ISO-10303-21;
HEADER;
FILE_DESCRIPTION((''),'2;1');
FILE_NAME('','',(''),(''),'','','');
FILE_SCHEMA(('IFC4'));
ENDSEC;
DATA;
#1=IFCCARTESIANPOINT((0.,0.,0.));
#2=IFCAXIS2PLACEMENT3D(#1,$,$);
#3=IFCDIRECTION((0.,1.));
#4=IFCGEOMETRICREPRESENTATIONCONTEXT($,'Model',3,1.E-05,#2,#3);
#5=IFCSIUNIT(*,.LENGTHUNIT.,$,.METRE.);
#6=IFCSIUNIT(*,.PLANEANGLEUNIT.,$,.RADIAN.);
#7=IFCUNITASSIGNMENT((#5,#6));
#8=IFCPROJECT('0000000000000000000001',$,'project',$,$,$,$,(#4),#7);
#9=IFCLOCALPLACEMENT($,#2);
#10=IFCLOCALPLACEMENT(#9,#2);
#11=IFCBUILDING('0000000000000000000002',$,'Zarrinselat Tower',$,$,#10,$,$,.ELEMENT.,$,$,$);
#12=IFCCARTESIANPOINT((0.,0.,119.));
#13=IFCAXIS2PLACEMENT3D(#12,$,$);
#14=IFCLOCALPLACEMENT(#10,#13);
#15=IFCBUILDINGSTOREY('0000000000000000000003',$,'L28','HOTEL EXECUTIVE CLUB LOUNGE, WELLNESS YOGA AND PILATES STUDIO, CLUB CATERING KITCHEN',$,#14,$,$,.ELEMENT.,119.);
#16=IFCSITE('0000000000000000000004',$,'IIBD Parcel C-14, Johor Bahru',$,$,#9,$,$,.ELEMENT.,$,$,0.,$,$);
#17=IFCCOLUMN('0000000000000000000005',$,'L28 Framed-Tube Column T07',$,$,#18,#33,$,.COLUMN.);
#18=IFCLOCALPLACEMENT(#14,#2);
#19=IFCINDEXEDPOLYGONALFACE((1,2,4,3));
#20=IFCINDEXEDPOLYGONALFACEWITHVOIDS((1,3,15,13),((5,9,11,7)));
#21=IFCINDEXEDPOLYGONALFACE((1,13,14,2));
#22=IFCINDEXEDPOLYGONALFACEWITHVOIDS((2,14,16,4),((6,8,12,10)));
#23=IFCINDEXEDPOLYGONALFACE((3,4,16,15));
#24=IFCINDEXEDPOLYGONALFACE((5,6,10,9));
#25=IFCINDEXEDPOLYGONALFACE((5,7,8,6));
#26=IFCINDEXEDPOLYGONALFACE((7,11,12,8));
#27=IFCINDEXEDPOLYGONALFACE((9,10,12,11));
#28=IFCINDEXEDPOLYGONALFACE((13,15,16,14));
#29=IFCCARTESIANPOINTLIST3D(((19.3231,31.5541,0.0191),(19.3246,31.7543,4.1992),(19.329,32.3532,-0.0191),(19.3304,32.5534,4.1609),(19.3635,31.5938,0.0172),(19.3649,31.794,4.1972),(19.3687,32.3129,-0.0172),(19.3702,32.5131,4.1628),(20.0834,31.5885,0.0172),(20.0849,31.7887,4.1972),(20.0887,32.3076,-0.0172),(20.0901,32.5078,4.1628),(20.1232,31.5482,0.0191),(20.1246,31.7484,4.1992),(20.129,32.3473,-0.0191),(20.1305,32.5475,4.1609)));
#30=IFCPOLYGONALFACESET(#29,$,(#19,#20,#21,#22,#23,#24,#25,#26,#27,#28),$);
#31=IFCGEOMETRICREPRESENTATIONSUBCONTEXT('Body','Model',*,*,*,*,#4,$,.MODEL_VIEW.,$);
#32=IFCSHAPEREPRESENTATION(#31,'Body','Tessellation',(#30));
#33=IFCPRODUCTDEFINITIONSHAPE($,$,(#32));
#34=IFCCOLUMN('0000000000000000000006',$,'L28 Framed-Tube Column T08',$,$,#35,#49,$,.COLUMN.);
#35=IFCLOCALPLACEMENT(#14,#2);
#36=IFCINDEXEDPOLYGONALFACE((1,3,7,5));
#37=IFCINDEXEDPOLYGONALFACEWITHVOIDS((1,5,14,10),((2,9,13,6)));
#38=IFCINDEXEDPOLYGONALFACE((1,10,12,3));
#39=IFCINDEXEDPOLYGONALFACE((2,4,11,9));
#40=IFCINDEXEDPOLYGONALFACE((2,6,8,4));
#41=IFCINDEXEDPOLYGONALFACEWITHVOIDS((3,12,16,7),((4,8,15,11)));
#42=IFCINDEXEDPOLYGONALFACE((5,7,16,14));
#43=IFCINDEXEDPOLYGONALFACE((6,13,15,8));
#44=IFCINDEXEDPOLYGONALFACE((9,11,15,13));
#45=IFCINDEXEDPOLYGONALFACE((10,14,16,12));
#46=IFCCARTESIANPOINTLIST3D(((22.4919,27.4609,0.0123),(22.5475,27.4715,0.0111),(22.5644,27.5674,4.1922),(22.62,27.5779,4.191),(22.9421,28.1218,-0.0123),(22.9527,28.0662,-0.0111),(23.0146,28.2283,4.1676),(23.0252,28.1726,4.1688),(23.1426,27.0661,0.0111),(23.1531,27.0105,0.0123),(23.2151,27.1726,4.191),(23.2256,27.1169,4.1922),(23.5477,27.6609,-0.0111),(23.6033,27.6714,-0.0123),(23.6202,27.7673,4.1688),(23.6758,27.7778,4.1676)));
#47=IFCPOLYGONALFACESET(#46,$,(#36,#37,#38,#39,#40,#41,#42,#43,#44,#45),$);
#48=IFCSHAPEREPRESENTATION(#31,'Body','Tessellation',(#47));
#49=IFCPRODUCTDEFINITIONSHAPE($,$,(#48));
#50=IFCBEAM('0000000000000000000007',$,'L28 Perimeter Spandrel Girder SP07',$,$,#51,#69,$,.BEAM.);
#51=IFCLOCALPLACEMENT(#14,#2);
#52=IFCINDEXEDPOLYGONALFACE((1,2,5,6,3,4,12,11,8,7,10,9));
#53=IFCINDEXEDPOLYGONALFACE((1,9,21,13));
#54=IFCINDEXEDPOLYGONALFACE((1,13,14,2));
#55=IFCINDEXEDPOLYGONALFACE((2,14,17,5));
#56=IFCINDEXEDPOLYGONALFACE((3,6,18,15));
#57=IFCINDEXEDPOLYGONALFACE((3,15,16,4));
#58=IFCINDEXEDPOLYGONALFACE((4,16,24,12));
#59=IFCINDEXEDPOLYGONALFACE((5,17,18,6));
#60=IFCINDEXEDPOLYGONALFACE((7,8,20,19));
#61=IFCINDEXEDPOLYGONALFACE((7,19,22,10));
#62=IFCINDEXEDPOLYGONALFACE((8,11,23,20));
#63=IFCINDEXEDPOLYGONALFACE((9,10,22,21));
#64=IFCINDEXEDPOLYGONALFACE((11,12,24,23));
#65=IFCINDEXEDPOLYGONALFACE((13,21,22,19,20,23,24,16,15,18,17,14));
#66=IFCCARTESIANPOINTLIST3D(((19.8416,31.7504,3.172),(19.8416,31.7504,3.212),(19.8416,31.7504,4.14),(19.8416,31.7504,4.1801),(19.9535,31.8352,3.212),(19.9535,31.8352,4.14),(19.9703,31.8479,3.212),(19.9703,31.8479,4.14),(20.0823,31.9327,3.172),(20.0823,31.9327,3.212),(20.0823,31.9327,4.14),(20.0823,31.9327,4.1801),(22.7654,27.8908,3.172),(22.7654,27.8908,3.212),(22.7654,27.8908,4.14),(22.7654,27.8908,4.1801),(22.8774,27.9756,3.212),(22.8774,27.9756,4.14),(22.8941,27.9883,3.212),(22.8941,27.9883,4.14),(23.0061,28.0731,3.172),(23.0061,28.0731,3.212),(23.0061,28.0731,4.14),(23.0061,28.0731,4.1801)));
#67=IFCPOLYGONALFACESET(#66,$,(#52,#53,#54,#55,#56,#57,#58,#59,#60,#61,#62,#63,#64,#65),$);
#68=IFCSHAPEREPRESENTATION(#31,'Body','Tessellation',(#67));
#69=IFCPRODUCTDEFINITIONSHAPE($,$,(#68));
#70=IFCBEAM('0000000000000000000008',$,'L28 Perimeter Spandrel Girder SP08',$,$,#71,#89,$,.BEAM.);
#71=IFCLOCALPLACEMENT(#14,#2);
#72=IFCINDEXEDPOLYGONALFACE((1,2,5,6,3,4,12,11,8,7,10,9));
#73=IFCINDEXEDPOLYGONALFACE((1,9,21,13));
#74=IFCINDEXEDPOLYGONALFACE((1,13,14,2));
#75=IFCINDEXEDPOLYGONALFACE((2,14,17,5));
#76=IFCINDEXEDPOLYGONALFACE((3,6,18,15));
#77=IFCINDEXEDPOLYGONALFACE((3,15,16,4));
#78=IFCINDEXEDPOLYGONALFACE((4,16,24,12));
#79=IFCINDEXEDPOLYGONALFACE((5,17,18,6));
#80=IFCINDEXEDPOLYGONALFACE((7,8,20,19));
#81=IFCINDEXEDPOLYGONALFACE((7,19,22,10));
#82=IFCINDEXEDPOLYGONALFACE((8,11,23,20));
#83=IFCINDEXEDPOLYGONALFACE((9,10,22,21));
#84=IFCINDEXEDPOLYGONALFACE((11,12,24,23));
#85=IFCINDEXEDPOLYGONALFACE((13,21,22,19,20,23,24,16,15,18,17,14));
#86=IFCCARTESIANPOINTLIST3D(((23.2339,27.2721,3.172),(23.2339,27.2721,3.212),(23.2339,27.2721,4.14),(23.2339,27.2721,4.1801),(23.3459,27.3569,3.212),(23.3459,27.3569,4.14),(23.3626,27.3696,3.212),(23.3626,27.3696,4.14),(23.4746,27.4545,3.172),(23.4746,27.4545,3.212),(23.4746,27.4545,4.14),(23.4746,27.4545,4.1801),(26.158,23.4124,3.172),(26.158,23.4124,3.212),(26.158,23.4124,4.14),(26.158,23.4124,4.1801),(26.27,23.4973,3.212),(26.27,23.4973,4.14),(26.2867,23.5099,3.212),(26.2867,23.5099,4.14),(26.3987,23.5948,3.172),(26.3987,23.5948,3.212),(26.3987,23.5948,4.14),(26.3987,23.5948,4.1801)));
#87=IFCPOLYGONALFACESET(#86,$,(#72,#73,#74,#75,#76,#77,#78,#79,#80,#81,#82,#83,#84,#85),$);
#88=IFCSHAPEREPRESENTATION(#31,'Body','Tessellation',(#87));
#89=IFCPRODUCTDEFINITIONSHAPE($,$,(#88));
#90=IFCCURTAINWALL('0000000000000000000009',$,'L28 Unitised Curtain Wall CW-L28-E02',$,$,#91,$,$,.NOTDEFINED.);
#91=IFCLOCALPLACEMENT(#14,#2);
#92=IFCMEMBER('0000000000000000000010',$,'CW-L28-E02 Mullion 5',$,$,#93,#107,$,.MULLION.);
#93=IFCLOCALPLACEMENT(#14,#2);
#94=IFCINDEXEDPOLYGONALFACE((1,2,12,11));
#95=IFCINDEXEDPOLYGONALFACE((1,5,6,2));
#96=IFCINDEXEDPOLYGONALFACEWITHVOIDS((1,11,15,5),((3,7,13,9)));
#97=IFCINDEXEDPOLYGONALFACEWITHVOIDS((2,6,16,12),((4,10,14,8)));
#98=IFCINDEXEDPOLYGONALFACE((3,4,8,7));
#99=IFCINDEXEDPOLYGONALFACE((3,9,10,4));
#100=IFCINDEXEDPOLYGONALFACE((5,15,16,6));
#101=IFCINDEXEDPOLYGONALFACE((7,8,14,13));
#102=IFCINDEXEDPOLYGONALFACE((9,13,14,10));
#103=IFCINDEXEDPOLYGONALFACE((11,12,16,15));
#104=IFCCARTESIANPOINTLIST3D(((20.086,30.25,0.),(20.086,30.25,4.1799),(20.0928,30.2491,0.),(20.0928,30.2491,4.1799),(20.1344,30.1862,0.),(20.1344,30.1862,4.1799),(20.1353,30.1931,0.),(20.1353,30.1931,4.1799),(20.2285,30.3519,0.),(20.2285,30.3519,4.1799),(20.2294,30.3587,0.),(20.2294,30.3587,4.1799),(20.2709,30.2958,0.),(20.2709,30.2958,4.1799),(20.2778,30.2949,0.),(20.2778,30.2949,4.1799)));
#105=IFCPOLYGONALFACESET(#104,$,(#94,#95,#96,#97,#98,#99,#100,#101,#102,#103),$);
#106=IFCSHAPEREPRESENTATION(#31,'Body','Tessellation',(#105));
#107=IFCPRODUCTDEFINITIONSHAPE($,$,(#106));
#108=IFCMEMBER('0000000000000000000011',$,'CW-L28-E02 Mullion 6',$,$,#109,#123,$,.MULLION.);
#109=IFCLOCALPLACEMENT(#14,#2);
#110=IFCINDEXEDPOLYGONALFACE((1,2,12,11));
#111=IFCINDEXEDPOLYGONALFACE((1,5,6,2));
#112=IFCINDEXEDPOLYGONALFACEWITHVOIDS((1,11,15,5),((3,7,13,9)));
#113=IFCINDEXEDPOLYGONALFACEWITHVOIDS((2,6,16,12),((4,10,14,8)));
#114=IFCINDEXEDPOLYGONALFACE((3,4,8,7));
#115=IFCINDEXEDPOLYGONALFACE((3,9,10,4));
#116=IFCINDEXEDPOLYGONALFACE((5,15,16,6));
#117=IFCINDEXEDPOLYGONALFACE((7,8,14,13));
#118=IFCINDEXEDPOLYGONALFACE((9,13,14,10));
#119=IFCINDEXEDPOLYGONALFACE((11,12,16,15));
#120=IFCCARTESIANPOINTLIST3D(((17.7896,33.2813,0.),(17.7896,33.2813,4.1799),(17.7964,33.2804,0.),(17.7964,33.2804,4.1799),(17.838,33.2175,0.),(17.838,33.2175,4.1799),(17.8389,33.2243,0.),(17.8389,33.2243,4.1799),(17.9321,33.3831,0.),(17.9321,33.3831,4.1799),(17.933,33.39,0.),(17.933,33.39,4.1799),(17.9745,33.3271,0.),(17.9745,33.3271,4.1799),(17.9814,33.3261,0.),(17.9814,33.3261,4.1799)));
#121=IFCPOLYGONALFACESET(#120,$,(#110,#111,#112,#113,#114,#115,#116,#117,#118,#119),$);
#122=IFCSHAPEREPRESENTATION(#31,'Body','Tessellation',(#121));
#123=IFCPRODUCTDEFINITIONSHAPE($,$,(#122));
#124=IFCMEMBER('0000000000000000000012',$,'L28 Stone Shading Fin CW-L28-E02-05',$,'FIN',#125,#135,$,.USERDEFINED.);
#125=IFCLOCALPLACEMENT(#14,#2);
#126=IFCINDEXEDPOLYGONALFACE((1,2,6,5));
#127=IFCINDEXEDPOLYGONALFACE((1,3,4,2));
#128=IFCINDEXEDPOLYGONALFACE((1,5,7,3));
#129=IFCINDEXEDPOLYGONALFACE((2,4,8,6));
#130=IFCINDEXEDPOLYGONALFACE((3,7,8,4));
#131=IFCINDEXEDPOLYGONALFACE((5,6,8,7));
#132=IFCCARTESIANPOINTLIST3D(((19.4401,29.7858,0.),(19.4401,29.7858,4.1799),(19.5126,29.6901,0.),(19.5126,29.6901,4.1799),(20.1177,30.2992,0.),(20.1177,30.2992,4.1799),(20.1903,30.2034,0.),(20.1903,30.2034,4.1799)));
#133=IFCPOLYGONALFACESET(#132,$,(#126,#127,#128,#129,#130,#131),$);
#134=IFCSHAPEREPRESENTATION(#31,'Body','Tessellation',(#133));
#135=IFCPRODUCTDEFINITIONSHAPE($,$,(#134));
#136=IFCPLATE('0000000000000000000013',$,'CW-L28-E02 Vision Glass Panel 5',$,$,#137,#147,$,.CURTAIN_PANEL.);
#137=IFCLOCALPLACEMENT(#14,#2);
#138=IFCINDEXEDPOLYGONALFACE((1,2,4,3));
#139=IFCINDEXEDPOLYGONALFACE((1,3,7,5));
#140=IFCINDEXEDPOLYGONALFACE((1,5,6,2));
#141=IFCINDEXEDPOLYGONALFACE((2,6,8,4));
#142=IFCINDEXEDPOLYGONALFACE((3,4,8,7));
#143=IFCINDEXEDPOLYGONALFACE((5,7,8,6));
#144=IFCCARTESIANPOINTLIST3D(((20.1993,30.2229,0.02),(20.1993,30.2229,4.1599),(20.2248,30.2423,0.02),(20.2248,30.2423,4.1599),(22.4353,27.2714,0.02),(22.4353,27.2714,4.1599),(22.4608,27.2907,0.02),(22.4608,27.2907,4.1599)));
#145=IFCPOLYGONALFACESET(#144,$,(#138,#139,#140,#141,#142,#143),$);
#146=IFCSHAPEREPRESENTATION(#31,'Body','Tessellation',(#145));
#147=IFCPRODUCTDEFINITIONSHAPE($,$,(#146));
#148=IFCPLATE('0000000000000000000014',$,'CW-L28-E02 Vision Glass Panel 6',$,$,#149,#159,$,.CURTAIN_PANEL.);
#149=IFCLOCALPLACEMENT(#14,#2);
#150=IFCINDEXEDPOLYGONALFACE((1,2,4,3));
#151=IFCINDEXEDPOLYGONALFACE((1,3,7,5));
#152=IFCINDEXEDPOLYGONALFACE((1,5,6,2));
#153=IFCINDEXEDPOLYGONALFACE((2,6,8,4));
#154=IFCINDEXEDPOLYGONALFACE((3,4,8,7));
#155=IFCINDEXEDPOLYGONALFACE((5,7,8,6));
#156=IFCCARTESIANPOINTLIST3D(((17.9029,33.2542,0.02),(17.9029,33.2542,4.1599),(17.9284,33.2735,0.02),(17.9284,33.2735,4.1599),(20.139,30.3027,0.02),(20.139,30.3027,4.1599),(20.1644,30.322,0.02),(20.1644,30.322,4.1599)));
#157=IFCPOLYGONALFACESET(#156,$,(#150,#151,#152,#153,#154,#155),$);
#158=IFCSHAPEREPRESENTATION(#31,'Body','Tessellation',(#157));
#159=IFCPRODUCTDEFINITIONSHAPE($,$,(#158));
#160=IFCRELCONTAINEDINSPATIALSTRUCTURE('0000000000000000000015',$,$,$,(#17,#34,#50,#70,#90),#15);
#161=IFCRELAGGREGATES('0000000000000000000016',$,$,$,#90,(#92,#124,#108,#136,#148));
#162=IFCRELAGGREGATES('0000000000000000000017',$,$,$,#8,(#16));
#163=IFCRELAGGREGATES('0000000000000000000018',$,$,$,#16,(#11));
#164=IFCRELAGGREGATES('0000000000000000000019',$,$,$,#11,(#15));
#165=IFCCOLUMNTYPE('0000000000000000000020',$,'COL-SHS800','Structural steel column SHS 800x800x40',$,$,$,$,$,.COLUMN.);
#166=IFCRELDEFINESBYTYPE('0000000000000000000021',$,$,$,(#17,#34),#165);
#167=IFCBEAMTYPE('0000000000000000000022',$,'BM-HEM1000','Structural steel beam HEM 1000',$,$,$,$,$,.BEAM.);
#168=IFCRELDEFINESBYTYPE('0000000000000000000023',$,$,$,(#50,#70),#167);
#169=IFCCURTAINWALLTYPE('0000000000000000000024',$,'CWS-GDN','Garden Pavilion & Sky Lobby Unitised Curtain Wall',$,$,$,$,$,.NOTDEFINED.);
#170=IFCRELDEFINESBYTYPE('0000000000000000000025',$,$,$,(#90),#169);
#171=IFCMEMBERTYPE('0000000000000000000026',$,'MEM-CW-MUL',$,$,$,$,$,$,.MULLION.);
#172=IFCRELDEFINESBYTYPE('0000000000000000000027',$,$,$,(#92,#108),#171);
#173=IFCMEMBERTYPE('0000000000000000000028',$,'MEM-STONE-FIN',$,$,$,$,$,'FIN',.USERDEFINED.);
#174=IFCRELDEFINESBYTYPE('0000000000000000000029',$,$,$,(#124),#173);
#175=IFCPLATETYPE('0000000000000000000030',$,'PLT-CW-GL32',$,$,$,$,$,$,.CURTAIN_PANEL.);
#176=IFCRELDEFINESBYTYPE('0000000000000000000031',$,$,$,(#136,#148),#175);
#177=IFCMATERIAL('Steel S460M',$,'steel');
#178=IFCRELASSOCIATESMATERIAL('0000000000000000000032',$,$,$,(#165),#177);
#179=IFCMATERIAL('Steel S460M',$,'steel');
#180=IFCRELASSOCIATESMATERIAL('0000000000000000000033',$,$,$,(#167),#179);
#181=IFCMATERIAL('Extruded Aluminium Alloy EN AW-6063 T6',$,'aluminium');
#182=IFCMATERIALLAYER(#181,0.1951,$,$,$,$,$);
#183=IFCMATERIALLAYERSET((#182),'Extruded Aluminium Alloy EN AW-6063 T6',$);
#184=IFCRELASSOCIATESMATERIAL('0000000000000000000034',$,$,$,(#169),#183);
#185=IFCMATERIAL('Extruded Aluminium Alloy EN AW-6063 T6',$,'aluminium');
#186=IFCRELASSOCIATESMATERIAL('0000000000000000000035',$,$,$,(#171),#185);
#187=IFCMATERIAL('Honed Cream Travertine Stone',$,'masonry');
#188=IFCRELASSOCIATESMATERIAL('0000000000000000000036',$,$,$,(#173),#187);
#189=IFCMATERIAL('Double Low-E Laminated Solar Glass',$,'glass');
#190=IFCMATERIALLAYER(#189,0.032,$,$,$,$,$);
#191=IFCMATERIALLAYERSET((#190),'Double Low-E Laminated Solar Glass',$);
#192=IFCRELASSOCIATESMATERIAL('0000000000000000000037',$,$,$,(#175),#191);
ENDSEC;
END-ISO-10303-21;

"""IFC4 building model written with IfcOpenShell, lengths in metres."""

from ifc_helpers import new_model, si_unit, direction, frame, origin, origin_2d, place, context, subcontext, project, spatial, rectangle, hollow_rectangle, i_section, extrude, material, layer, layer_set, material_profile, profile_set, type_object, element, aggregate, save


model = new_model("IFC4")

# Units and contexts
model_context = context("Model", 3, precision=1e-05, world=origin(), true_north=direction((0.0, 1.0)))
body_context = subcontext(model_context, "Body", "Model", "MODEL_VIEW")
ifc_project = project(units=[si_unit("LENGTHUNIT", "METRE"), si_unit("PLANEANGLEUNIT", "RADIAN")], contexts=[model_context])

# Site, building, storey
site_placement = place(None, origin())
site = spatial("IfcSite", under=ifc_project, at=site_placement, Name="IIBD Parcel C-14, Johor Bahru", CompositionType="ELEMENT", RefElevation=0.0)
building_placement = place(site_placement, origin())
building = spatial("IfcBuilding", under=site, at=building_placement, Name="Zarrinselat Tower", CompositionType="ELEMENT")
storey_placement = place(building_placement, frame((0.0, 0.0, 119.0)))
storey = spatial("IfcBuildingStorey", under=building, at=storey_placement, Name="L28", Description="HOTEL EXECUTIVE CLUB LOUNGE, WELLNESS YOGA AND PILATES STUDIO, CLUB CATERING KITCHEN", CompositionType="ELEMENT", Elevation=119.0)

# Columns
ifc_material_1 = material(Name="Steel S460M", Category="steel")
ifc_material_profile_1 = material_profile(ifc_material_1, hollow_rectangle(XDim=0.8, YDim=0.8, WallThickness=0.04, at=origin_2d()), Name="SHS 800x800x40")
ifc_profile_set_1 = profile_set([ifc_material_profile_1], Name="Steel S460M")
column_type = type_object("IfcColumnType", Name="COL-SHS800", Description="Structural steel column SHS 800x800x40", PredefinedType="COLUMN", material=ifc_profile_set_1)
column_1_placement = place(storey_placement, frame((19.7261, 31.9507, 0.0), z_axis=(0.00035, 0.04784, 0.998855), x_axis=(-0.999973, 0.007317, 0.0)))
element("IfcColumn", 1, at=column_1_placement, inside=storey, type_object=column_type, Name="L28 Framed-Tube Column T07", PredefinedType="COLUMN", context=body_context, shape_type="SweptSolid", body=[
    extrude(hollow_rectangle(XDim=0.8, YDim=0.8, WallThickness=0.04, at=origin_2d()), origin(), (0.0, 0.0, 1.0), 4.1848),
])
column_2_placement = place(storey_placement, frame((23.0476, 27.5662, 0.0), z_axis=(0.017339, 0.025454, 0.999526), x_axis=(-0.826468, 0.562984, 0.0)))
element("IfcColumn", 2, at=column_2_placement, inside=storey, type_object=column_type, Name="L28 Framed-Tube Column T08", PredefinedType="COLUMN", context=body_context, shape_type="SweptSolid", body=[
    extrude(hollow_rectangle(XDim=0.8, YDim=0.8, WallThickness=0.04, at=origin_2d()), origin(), (0.0, 0.0, 1.0), 4.1819),
])

# Beams
ifc_material_2 = material(Name="Steel S460M", Category="steel")
ifc_material_profile_2 = material_profile(ifc_material_2, i_section(OverallWidth=0.302, OverallDepth=1.0081, WebThickness=0.021, FlangeThickness=0.04, at=origin_2d()), Name="HEM 1000")
ifc_profile_set_2 = profile_set([ifc_material_profile_2], Name="Steel S460M")
beam_type = type_object("IfcBeamType", Name="BM-HEM1000", Description="Structural steel beam HEM 1000", PredefinedType="BEAM", material=ifc_profile_set_2)
beam_1_placement = place(storey_placement, frame((19.9619, 31.8416, 3.676), z_axis=(0.603841, -0.797105, 0.0), x_axis=(0.797105, 0.603841, 0.0)))
element("IfcBeam", 3, at=beam_1_placement, inside=storey, type_object=beam_type, Name="L28 Perimeter Spandrel Girder SP07", PredefinedType="BEAM", context=body_context, shape_type="SweptSolid", body=[
    extrude(i_section(OverallWidth=0.302, OverallDepth=1.0081, WebThickness=0.021, FlangeThickness=0.04, at=origin_2d()), origin(), (0.0, 0.0, 1.0), 4.842),
])
beam_2_placement = place(storey_placement, frame((23.3542, 27.3633, 3.676), z_axis=(0.603873, -0.79708, 0.0), x_axis=(0.79708, 0.603873, 0.0)))
element("IfcBeam", 4, at=beam_2_placement, inside=storey, type_object=beam_type, Name="L28 Perimeter Spandrel Girder SP08", PredefinedType="BEAM", context=body_context, shape_type="SweptSolid", body=[
    extrude(i_section(OverallWidth=0.302, OverallDepth=1.0081, WebThickness=0.021, FlangeThickness=0.04, at=origin_2d()), origin(), (0.0, 0.0, 1.0), 4.8423),
])

# Curtain wall, members, plates
ifc_material_3 = material(Name="Extruded Aluminium Alloy EN AW-6063 T6", Category="aluminium")
ifc_layer_1 = layer(ifc_material_3, 0.1951)
ifc_layer_set_1 = layer_set([ifc_layer_1], Name="Extruded Aluminium Alloy EN AW-6063 T6")
curtain_wall_type = type_object("IfcCurtainWallType", Name="CWS-GDN", Description="Garden Pavilion & Sky Lobby Unitised Curtain Wall", PredefinedType="NOTDEFINED", material=ifc_layer_set_1)
curtain_wall_placement = place(storey_placement, origin())
curtain_wall = element("IfcCurtainWall", 5, at=curtain_wall_placement, inside=storey, type_object=curtain_wall_type, Name="L28 Unitised Curtain Wall CW-L28-E02", PredefinedType="NOTDEFINED")
ifc_material_4 = material(Name="Extruded Aluminium Alloy EN AW-6063 T6", Category="aluminium")
ifc_material_profile_3 = material_profile(ifc_material_4, hollow_rectangle(XDim=0.0801, YDim=0.1799, WallThickness=0.0049, at=origin_2d()), Name="RHS 180x80x5")
ifc_profile_set_3 = profile_set([ifc_material_profile_3], Name="Extruded Aluminium Alloy EN AW-6063 T6")
member_type_1 = type_object("IfcMemberType", Name="MEM-CW-MUL", PredefinedType="MULLION", material=ifc_profile_set_3)
member_1_placement = place(storey_placement, frame((20.1819, 30.2725, 0.0), z_axis=(0.0, 0.0, 1.0), x_axis=(-0.603858, 0.797092, 0.0)))
member_1 = element("IfcMember", 6, at=member_1_placement, type_object=member_type_1, Name="CW-L28-E02 Mullion 5", PredefinedType="MULLION", context=body_context, shape_type="SweptSolid", body=[
    extrude(hollow_rectangle(XDim=0.0801, YDim=0.1799, WallThickness=0.0049, at=origin_2d()), origin(), (0.0, 0.0, 1.0), 4.1799),
])
member_2_placement = place(storey_placement, frame((17.8855, 33.3037, 0.0), z_axis=(0.0, 0.0, 1.0), x_axis=(-0.603858, 0.797092, 0.0)))
member_2 = element("IfcMember", 7, at=member_2_placement, type_object=member_type_1, Name="CW-L28-E02 Mullion 6", PredefinedType="MULLION", context=body_context, shape_type="SweptSolid", body=[
    extrude(hollow_rectangle(XDim=0.0801, YDim=0.1799, WallThickness=0.0049, at=origin_2d()), origin(), (0.0, 0.0, 1.0), 4.1799),
])
ifc_material_5 = material(Name="Honed Cream Travertine Stone", Category="masonry")
ifc_material_profile_4 = material_profile(ifc_material_5, rectangle(XDim=0.1201, YDim=0.8501, at=origin_2d()), Name="FIN 850x120")
ifc_profile_set_4 = profile_set([ifc_material_profile_4], Name="Honed Cream Travertine Stone")
member_type_2 = type_object("IfcMemberType", Name="MEM-STONE-FIN", ElementType="FIN", PredefinedType="USERDEFINED", material=ifc_profile_set_4)
member_3_placement = place(storey_placement, frame((19.8152, 29.9946, 0.0), z_axis=(0.0, 0.0, 1.0), x_axis=(-0.603858, 0.797092, 0.0)))
member_3 = element("IfcMember", 8, at=member_3_placement, type_object=member_type_2, Name="L28 Stone Shading Fin CW-L28-E02-05", ObjectType="FIN", PredefinedType="USERDEFINED", context=body_context, shape_type="SweptSolid", body=[
    extrude(rectangle(XDim=0.1201, YDim=0.8501, at=origin_2d()), origin(), (0.0, 0.0, 1.0), 4.1799),
])
ifc_material_6 = material(Name="Double Low-E Laminated Solar Glass", Category="glass")
ifc_layer_2 = layer(ifc_material_6, 0.032)
ifc_layer_set_2 = layer_set([ifc_layer_2], Name="Double Low-E Laminated Solar Glass")
plate_type = type_object("IfcPlateType", Name="PLT-CW-GL32", PredefinedType="CURTAIN_PANEL", material=ifc_layer_set_2)
plate_1_placement = place(storey_placement, frame((21.3301, 28.7568, 0.02), z_axis=(0.0, 0.0, 1.0), x_axis=(-0.603858, 0.797092, 0.0)))
plate_1 = element("IfcPlate", 9, at=plate_1_placement, type_object=plate_type, Name="CW-L28-E02 Vision Glass Panel 5", PredefinedType="CURTAIN_PANEL", context=body_context, shape_type="SweptSolid", body=[
    extrude(rectangle(XDim=3.7029, YDim=0.032, at=origin_2d()), origin(), (0.0, 0.0, 1.0), 4.1399),
])
plate_2_placement = place(storey_placement, frame((19.0337, 31.7881, 0.02), z_axis=(0.0, 0.0, 1.0), x_axis=(-0.603858, 0.797092, 0.0)))
plate_2 = element("IfcPlate", 10, at=plate_2_placement, type_object=plate_type, Name="CW-L28-E02 Vision Glass Panel 6", PredefinedType="CURTAIN_PANEL", context=body_context, shape_type="SweptSolid", body=[
    extrude(rectangle(XDim=3.7029, YDim=0.032, at=origin_2d()), origin(), (0.0, 0.0, 1.0), 4.1399),
])
aggregate(curtain_wall, [member_1, member_3, member_2, plate_1, plate_2])

save(model, "model.ifc")
